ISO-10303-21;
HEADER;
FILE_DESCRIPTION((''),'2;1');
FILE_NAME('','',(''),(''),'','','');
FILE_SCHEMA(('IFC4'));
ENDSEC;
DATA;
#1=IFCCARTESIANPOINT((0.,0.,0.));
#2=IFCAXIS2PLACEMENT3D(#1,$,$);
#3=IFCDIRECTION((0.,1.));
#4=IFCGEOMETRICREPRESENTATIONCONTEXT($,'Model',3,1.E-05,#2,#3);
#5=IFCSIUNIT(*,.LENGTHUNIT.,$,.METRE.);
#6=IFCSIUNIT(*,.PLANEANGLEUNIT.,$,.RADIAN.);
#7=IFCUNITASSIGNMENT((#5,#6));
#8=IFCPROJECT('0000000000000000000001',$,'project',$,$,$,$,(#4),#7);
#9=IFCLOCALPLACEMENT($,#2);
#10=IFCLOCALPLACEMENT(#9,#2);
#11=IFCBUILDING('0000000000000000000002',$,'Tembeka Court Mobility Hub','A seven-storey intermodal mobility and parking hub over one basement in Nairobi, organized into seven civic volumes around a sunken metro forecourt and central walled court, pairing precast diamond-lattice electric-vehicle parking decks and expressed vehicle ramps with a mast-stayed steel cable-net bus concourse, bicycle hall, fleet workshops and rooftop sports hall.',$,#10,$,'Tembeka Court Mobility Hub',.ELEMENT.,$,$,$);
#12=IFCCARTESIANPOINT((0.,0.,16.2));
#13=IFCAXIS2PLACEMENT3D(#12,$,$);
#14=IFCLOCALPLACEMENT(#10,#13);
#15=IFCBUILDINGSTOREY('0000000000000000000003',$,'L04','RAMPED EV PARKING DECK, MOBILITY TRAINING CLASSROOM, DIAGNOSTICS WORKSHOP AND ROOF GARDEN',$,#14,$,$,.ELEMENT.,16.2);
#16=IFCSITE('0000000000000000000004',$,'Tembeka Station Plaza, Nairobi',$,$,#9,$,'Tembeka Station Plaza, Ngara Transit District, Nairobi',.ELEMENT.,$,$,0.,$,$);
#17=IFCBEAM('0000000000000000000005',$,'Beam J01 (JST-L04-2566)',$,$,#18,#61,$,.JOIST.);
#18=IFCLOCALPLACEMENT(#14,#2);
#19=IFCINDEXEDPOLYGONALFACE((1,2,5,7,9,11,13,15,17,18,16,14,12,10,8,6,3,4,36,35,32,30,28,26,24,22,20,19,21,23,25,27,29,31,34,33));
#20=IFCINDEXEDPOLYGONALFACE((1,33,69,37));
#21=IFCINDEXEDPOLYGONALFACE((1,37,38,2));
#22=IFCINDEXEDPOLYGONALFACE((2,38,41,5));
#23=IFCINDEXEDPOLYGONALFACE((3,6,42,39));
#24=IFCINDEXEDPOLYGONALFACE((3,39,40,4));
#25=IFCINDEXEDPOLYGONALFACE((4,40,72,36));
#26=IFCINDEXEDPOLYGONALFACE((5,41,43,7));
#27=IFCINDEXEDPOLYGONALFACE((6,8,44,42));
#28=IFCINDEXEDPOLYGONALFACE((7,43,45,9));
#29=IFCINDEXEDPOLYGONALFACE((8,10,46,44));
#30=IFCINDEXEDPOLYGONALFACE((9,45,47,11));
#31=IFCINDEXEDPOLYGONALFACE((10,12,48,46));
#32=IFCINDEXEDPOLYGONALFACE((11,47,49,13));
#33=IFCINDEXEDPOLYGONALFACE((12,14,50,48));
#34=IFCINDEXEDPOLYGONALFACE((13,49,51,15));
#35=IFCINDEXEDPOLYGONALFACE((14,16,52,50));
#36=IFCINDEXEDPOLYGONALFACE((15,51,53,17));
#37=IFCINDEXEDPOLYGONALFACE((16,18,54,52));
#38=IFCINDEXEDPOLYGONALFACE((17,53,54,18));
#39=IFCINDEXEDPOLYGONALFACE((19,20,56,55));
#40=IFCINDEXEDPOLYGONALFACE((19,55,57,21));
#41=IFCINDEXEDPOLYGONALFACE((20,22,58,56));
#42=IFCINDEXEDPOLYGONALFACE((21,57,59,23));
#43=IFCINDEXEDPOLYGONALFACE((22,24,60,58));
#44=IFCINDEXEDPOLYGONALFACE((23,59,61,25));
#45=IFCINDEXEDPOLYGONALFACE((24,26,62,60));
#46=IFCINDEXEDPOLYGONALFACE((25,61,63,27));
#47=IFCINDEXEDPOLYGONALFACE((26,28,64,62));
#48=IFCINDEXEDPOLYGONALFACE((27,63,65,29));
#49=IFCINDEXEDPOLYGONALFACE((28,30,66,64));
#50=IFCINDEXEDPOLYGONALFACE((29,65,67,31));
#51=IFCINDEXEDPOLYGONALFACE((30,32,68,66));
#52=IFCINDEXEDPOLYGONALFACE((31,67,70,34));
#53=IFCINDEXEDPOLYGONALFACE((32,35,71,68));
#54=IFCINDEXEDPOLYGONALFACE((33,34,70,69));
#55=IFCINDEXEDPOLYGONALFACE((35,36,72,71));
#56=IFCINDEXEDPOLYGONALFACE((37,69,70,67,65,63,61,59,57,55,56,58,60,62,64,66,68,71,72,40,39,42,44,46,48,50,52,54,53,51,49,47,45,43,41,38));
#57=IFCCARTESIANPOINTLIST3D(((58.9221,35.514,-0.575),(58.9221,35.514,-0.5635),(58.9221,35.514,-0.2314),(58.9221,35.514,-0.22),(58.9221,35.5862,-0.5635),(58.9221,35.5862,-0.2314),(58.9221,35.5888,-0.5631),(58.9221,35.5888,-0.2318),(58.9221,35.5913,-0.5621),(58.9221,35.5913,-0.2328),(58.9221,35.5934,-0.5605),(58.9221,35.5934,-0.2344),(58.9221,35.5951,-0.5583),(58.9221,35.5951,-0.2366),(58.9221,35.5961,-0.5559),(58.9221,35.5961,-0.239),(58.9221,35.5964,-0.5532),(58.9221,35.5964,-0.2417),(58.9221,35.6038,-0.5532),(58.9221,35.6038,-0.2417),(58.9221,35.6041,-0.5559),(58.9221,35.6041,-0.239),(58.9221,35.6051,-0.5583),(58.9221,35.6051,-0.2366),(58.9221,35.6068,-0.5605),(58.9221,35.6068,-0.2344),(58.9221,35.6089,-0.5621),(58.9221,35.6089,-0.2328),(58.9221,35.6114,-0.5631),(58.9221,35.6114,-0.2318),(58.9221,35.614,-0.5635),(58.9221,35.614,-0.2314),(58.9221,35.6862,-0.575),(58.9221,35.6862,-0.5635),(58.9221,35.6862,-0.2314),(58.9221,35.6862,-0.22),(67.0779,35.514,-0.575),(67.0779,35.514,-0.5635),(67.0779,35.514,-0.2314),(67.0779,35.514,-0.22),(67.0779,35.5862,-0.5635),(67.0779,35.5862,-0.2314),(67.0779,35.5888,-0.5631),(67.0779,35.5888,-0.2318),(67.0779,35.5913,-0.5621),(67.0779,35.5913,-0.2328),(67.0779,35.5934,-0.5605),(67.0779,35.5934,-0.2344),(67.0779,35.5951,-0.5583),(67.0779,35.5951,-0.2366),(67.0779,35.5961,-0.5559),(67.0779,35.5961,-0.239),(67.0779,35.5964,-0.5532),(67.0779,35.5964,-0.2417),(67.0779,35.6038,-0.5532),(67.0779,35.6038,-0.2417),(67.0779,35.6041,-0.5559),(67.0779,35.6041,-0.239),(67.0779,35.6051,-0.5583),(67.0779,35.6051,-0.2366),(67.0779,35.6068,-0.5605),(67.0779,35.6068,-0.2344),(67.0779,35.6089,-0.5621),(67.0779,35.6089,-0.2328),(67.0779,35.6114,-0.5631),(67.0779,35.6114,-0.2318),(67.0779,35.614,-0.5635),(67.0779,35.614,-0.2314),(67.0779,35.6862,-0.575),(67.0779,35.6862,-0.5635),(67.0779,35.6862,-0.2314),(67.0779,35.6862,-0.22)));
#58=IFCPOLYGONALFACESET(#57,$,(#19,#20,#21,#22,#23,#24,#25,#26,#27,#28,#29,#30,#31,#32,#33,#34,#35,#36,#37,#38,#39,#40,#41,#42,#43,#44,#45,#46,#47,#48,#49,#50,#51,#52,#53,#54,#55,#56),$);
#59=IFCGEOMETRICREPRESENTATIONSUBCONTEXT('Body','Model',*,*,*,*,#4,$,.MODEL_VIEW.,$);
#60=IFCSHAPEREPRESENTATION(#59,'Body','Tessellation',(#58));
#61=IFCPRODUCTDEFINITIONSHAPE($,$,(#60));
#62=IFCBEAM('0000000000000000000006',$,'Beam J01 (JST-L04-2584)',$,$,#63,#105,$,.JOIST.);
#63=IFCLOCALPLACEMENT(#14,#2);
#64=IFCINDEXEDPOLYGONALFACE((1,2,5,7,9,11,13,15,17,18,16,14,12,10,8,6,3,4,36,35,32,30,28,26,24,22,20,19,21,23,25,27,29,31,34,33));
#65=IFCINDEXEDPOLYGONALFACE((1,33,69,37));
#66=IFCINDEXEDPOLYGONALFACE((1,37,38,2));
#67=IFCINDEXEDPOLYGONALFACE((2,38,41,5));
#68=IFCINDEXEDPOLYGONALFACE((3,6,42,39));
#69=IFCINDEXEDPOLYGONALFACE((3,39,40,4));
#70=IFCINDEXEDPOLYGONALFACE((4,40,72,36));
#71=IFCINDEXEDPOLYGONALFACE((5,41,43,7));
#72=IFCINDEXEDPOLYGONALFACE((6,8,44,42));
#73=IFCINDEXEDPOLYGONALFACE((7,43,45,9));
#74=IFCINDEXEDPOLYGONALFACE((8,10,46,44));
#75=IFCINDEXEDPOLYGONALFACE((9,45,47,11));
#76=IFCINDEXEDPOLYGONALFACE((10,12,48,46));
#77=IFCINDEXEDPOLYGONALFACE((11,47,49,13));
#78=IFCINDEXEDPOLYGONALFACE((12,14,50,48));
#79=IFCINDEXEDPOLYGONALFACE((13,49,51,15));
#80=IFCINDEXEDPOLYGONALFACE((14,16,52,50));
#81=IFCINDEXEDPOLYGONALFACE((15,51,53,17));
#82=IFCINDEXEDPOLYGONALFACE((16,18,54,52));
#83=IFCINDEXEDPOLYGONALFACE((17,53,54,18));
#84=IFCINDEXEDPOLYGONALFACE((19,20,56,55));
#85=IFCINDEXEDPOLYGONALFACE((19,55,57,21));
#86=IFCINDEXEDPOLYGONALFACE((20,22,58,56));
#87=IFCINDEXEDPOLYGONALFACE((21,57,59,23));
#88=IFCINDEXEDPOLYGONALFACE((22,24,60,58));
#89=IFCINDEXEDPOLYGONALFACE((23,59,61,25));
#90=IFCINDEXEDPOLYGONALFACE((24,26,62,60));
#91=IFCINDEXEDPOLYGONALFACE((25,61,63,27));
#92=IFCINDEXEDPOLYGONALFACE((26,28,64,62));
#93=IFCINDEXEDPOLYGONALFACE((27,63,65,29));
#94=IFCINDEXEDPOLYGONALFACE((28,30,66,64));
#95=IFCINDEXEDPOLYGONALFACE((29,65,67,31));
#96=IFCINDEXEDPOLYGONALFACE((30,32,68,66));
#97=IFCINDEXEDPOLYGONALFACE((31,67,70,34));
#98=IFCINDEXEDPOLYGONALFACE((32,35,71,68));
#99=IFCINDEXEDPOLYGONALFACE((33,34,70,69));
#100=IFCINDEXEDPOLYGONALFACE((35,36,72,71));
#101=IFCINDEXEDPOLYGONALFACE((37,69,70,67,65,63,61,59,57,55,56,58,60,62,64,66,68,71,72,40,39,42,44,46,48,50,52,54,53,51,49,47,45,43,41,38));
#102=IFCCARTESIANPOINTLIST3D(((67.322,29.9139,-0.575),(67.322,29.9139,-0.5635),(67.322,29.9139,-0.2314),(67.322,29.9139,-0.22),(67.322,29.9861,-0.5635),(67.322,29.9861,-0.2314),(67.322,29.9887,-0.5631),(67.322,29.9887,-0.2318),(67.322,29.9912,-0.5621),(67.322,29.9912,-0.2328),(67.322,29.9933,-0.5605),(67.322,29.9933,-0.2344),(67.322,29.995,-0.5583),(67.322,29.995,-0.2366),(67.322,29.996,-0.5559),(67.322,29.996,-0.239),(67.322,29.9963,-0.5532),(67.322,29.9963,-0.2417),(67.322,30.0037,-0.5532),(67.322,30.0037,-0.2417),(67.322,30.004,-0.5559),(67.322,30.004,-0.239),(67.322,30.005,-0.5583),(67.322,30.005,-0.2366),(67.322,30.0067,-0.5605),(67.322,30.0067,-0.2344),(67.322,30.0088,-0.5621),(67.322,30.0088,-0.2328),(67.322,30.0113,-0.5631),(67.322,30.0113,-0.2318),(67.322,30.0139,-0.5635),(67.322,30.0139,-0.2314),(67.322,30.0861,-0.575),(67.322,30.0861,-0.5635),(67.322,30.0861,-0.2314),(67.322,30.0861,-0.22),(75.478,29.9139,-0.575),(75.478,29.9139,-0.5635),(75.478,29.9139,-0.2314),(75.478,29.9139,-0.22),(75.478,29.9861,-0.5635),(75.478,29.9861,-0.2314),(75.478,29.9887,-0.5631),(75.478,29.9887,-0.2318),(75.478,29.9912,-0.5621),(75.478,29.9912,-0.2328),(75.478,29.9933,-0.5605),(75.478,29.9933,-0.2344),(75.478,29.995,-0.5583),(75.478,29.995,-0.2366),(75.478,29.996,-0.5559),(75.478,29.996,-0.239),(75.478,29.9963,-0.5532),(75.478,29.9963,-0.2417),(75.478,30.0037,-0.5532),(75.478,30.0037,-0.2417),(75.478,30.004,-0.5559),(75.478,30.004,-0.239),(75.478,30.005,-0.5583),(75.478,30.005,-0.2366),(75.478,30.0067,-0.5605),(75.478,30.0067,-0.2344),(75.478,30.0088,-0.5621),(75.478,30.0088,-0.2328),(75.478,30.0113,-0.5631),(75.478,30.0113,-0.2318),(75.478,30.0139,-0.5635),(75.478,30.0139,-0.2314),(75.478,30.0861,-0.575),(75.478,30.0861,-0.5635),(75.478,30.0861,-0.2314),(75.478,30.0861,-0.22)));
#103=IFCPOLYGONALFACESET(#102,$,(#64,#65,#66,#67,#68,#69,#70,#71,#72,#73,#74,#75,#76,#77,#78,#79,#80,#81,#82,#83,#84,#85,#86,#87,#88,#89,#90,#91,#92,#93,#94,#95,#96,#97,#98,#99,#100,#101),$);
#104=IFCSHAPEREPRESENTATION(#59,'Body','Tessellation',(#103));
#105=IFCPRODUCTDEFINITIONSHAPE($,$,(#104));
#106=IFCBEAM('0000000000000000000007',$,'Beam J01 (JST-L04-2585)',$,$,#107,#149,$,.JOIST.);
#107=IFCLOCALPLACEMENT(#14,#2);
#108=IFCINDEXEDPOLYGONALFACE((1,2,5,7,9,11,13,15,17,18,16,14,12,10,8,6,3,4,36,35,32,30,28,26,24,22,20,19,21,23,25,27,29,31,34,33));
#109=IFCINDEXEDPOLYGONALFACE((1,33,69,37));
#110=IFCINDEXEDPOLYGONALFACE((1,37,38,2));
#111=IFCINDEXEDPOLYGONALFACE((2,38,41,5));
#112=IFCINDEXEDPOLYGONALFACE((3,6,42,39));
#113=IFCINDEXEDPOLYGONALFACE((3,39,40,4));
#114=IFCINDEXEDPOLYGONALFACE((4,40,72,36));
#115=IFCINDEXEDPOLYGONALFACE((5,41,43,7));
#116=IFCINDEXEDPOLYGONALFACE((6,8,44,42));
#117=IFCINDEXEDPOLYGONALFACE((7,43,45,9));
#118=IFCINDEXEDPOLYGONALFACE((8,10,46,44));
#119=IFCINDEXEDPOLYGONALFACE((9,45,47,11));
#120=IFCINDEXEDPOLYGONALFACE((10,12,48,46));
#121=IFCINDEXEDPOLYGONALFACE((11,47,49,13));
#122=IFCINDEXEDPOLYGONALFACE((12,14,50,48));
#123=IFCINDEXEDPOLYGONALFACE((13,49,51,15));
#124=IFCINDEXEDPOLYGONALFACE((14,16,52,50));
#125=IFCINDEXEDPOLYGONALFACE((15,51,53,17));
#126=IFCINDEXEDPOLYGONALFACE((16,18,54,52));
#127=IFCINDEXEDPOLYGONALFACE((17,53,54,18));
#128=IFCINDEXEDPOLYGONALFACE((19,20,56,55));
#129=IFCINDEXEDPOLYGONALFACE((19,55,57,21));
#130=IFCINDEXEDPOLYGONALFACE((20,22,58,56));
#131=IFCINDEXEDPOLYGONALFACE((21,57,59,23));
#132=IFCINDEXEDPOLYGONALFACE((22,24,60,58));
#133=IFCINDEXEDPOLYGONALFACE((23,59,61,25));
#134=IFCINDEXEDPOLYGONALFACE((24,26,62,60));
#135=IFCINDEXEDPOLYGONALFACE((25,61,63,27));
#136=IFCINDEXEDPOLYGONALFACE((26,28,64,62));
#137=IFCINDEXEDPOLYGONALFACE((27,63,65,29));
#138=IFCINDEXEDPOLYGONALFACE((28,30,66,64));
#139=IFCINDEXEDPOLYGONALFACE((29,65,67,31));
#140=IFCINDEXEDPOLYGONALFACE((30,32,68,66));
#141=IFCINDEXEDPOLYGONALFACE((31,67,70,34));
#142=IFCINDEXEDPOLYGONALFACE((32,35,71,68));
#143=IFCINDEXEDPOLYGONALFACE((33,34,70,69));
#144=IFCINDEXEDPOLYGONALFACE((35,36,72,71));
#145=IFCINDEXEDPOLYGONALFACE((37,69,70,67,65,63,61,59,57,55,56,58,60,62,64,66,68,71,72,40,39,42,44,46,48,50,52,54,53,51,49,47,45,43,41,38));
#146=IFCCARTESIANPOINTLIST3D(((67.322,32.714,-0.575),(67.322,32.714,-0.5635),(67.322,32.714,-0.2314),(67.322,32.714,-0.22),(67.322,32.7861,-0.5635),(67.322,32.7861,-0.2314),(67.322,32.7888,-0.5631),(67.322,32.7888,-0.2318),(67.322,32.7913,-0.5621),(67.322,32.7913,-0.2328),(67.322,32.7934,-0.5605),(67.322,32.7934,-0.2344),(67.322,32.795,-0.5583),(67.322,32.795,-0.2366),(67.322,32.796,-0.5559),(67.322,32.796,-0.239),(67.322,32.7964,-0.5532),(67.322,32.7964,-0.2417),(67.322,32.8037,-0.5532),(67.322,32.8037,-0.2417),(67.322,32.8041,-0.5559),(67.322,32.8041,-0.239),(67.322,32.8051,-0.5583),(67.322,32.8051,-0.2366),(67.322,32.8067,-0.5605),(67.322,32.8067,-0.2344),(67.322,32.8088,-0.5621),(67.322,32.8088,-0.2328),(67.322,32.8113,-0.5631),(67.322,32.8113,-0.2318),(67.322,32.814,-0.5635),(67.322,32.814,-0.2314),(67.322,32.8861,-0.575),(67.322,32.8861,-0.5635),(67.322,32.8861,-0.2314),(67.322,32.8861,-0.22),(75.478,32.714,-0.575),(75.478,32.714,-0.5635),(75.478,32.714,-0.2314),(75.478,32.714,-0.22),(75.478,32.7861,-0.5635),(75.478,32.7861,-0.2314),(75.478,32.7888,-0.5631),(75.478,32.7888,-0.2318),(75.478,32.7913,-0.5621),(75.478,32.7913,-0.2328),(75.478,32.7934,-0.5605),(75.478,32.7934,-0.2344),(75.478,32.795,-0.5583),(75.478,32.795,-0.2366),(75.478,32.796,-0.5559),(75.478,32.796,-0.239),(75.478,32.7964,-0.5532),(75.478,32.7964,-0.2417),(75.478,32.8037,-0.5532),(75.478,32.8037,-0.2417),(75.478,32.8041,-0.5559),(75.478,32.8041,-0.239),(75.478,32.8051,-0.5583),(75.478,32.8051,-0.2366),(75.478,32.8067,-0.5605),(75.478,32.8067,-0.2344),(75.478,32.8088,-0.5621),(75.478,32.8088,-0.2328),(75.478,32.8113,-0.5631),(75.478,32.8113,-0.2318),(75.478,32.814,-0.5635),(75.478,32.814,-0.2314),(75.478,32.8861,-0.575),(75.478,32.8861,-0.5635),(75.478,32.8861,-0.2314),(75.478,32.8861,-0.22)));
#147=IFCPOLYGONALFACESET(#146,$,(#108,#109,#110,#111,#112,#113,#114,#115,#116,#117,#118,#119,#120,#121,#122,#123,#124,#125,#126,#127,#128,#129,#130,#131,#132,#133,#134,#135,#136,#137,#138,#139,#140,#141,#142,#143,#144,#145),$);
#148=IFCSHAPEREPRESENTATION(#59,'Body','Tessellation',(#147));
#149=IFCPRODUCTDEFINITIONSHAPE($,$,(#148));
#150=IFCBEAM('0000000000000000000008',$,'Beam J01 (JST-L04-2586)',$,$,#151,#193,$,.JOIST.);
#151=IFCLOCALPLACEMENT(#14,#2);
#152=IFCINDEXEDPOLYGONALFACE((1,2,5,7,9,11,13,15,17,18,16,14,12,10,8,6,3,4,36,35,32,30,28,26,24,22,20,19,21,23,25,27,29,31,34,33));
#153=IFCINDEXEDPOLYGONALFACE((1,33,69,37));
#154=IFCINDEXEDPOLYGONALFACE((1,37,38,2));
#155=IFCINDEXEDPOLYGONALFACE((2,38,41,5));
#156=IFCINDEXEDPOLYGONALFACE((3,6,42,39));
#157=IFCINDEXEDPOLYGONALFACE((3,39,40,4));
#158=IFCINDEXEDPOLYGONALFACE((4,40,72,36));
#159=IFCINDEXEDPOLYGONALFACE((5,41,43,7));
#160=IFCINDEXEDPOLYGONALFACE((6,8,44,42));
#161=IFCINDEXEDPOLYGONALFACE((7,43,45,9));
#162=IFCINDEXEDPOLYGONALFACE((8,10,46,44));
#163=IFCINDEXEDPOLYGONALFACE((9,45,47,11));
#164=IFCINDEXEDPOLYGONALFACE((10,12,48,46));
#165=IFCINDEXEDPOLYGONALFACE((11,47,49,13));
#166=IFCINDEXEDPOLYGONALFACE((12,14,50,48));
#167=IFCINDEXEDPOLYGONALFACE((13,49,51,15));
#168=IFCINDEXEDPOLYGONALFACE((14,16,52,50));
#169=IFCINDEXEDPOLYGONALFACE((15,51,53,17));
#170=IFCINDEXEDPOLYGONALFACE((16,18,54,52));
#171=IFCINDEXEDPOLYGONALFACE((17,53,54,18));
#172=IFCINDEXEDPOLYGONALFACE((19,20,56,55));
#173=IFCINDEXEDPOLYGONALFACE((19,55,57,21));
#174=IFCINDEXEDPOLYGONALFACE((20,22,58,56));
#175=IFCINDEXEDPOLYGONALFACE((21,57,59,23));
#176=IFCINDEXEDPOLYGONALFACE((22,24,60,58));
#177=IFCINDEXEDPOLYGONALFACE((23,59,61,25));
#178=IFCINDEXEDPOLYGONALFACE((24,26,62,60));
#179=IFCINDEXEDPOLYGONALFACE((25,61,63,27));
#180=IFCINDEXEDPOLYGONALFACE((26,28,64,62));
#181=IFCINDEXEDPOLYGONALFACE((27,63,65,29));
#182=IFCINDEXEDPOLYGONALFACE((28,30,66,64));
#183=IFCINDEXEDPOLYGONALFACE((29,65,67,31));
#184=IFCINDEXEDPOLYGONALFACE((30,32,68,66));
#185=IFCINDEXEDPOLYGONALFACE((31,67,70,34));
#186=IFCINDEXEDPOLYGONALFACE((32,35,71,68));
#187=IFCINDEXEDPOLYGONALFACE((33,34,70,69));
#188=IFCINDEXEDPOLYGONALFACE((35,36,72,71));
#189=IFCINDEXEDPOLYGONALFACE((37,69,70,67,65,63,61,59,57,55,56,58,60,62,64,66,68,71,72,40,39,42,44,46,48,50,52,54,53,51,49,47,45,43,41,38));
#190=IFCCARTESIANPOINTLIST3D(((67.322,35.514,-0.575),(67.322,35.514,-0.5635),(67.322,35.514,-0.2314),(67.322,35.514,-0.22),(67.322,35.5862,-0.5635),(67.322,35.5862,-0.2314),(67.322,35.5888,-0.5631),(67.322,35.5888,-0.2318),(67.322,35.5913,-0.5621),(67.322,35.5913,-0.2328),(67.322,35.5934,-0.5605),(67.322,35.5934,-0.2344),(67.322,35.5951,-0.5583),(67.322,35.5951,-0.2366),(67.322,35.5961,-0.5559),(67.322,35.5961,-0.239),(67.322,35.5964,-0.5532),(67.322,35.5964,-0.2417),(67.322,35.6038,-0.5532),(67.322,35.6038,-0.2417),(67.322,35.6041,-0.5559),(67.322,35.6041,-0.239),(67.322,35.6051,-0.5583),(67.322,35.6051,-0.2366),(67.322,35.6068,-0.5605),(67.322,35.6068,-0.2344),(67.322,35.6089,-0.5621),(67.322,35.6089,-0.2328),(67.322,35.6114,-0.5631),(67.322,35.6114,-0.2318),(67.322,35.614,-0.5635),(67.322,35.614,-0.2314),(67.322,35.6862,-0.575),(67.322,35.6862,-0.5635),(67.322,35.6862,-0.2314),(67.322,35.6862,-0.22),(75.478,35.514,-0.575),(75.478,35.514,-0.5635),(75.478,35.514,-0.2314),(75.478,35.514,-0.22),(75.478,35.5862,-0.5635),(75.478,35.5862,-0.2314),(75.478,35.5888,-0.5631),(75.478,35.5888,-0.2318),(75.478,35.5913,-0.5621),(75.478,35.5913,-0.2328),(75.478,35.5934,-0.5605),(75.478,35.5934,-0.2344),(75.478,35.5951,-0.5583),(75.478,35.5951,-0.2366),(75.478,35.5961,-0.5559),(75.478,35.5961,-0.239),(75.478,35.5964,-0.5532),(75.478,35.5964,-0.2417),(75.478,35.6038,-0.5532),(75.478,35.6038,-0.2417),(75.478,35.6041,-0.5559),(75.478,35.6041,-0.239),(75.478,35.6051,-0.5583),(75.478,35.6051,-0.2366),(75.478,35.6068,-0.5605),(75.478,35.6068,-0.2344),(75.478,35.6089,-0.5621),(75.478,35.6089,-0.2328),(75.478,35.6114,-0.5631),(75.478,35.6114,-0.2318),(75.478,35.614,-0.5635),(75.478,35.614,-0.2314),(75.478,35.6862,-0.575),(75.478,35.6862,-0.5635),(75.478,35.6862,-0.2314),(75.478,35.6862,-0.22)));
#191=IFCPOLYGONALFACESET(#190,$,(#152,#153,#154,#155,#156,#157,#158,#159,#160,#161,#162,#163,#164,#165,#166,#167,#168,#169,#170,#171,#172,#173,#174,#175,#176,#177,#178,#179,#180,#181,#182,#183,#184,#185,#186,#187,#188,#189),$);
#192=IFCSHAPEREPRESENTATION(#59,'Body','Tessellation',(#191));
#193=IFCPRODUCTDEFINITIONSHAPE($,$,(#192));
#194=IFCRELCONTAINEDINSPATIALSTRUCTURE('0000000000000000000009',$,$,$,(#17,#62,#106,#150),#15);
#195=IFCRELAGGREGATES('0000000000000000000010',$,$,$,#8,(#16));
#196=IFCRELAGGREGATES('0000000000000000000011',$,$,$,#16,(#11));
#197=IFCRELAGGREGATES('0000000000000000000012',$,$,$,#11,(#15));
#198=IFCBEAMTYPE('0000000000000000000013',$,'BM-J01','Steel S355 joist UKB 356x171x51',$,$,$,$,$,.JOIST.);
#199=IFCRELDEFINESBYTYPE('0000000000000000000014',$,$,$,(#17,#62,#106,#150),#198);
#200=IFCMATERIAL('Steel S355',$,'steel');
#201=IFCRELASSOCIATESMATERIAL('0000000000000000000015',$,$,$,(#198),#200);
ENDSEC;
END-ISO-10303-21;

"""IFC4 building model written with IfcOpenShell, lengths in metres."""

from ifc_helpers import new_model, si_unit, direction, frame, origin, origin_2d, place, context, subcontext, project, spatial, i_section, extrude, material, material_profile, profile_set, type_object, element, save


model = new_model("IFC4")

# Units and contexts
model_context = context("Model", 3, precision=1e-05, world=origin(), true_north=direction((0.0, 1.0)))
body_context = subcontext(model_context, "Body", "Model", "MODEL_VIEW")
ifc_project = project(units=[si_unit("LENGTHUNIT", "METRE"), si_unit("PLANEANGLEUNIT", "RADIAN")], contexts=[model_context])

# Site, building, storey
site_placement = place(None, origin())
site = spatial("IfcSite", under=ifc_project, at=site_placement, Name="Tembeka Station Plaza, Nairobi", LongName="Tembeka Station Plaza, Ngara Transit District, Nairobi", CompositionType="ELEMENT", RefElevation=0.0)
building_placement = place(site_placement, origin())
building = spatial("IfcBuilding", under=site, at=building_placement, Name="Tembeka Court Mobility Hub", Description="A seven-storey intermodal mobility and parking hub over one basement in Nairobi, organized into seven civic volumes around a sunken metro forecourt and central walled court, pairing precast diamond-lattice electric-vehicle parking decks and expressed vehicle ramps with a mast-stayed steel cable-net bus concourse, bicycle hall, fleet workshops and rooftop sports hall.", LongName="Tembeka Court Mobility Hub", CompositionType="ELEMENT")
storey_placement = place(building_placement, frame((0.0, 0.0, 16.2)))
storey = spatial("IfcBuildingStorey", under=building, at=storey_placement, Name="L04", Description="RAMPED EV PARKING DECK, MOBILITY TRAINING CLASSROOM, DIAGNOSTICS WORKSHOP AND ROOF GARDEN", CompositionType="ELEMENT", Elevation=16.2)

# Shared definitions
ifc_material_1 = material(Name="Steel S355", Category="steel")

# Beams
ifc_material_profile_1 = material_profile(ifc_material_1, i_section(OverallWidth=0.1721, OverallDepth=0.355, WebThickness=0.0073, FlangeThickness=0.0115, FilletRadius=0.0103, at=origin_2d()), Name="UKB 356x171x51")
ifc_profile_set_1 = profile_set([ifc_material_profile_1], Name="Steel S355")
beam_type_1 = type_object("IfcBeamType", Name="BM-J01", Description="Steel S355 joist UKB 356x171x51", PredefinedType="JOIST", material=ifc_profile_set_1)
for number, where, z_axis, x_axis, name in (
    (1, (58.9221, 35.6001, -0.3975), (1.0, 0.0, 0.0), (0.0, 1.0, 0.0), "Beam J01 (JST-L04-2566)"),
):
    element("IfcBeam", number, at=place(storey_placement, frame(where, z_axis=z_axis, x_axis=x_axis)), inside=storey, type_object=beam_type_1, Name=name, PredefinedType="JOIST", context=body_context, shape_type="SweptSolid", body=[
        extrude(i_section(OverallWidth=0.1721, OverallDepth=0.355, WebThickness=0.0073, FlangeThickness=0.0115, FilletRadius=0.0103, at=origin_2d()), origin(), (0.0, 0.0, 1.0), 8.1558),
    ])
for number, where, z_axis, x_axis, name in (
    (2, (67.322, 30.0, -0.3975), (1.0, 0.0, 0.0), (0.0, 1.0, 0.0), "Beam J01 (JST-L04-2584)"),
    (3, (67.322, 32.8, -0.3975), (1.0, 0.0, 0.0), (0.0, 1.0, 0.0), "Beam J01 (JST-L04-2585)"),
    (4, (67.322, 35.6001, -0.3975), (1.0, 0.0, 0.0), (0.0, 1.0, 0.0), "Beam J01 (JST-L04-2586)"),
):
    element("IfcBeam", number, at=place(storey_placement, frame(where, z_axis=z_axis, x_axis=x_axis)), inside=storey, type_object=beam_type_1, Name=name, PredefinedType="JOIST", context=body_context, shape_type="SweptSolid", body=[
        extrude(i_section(OverallWidth=0.1721, OverallDepth=0.355, WebThickness=0.0073, FlangeThickness=0.0115, FilletRadius=0.0103, at=origin_2d()), origin(), (0.0, 0.0, 1.0), 8.156),
    ])

save(model, "model.ifc")
